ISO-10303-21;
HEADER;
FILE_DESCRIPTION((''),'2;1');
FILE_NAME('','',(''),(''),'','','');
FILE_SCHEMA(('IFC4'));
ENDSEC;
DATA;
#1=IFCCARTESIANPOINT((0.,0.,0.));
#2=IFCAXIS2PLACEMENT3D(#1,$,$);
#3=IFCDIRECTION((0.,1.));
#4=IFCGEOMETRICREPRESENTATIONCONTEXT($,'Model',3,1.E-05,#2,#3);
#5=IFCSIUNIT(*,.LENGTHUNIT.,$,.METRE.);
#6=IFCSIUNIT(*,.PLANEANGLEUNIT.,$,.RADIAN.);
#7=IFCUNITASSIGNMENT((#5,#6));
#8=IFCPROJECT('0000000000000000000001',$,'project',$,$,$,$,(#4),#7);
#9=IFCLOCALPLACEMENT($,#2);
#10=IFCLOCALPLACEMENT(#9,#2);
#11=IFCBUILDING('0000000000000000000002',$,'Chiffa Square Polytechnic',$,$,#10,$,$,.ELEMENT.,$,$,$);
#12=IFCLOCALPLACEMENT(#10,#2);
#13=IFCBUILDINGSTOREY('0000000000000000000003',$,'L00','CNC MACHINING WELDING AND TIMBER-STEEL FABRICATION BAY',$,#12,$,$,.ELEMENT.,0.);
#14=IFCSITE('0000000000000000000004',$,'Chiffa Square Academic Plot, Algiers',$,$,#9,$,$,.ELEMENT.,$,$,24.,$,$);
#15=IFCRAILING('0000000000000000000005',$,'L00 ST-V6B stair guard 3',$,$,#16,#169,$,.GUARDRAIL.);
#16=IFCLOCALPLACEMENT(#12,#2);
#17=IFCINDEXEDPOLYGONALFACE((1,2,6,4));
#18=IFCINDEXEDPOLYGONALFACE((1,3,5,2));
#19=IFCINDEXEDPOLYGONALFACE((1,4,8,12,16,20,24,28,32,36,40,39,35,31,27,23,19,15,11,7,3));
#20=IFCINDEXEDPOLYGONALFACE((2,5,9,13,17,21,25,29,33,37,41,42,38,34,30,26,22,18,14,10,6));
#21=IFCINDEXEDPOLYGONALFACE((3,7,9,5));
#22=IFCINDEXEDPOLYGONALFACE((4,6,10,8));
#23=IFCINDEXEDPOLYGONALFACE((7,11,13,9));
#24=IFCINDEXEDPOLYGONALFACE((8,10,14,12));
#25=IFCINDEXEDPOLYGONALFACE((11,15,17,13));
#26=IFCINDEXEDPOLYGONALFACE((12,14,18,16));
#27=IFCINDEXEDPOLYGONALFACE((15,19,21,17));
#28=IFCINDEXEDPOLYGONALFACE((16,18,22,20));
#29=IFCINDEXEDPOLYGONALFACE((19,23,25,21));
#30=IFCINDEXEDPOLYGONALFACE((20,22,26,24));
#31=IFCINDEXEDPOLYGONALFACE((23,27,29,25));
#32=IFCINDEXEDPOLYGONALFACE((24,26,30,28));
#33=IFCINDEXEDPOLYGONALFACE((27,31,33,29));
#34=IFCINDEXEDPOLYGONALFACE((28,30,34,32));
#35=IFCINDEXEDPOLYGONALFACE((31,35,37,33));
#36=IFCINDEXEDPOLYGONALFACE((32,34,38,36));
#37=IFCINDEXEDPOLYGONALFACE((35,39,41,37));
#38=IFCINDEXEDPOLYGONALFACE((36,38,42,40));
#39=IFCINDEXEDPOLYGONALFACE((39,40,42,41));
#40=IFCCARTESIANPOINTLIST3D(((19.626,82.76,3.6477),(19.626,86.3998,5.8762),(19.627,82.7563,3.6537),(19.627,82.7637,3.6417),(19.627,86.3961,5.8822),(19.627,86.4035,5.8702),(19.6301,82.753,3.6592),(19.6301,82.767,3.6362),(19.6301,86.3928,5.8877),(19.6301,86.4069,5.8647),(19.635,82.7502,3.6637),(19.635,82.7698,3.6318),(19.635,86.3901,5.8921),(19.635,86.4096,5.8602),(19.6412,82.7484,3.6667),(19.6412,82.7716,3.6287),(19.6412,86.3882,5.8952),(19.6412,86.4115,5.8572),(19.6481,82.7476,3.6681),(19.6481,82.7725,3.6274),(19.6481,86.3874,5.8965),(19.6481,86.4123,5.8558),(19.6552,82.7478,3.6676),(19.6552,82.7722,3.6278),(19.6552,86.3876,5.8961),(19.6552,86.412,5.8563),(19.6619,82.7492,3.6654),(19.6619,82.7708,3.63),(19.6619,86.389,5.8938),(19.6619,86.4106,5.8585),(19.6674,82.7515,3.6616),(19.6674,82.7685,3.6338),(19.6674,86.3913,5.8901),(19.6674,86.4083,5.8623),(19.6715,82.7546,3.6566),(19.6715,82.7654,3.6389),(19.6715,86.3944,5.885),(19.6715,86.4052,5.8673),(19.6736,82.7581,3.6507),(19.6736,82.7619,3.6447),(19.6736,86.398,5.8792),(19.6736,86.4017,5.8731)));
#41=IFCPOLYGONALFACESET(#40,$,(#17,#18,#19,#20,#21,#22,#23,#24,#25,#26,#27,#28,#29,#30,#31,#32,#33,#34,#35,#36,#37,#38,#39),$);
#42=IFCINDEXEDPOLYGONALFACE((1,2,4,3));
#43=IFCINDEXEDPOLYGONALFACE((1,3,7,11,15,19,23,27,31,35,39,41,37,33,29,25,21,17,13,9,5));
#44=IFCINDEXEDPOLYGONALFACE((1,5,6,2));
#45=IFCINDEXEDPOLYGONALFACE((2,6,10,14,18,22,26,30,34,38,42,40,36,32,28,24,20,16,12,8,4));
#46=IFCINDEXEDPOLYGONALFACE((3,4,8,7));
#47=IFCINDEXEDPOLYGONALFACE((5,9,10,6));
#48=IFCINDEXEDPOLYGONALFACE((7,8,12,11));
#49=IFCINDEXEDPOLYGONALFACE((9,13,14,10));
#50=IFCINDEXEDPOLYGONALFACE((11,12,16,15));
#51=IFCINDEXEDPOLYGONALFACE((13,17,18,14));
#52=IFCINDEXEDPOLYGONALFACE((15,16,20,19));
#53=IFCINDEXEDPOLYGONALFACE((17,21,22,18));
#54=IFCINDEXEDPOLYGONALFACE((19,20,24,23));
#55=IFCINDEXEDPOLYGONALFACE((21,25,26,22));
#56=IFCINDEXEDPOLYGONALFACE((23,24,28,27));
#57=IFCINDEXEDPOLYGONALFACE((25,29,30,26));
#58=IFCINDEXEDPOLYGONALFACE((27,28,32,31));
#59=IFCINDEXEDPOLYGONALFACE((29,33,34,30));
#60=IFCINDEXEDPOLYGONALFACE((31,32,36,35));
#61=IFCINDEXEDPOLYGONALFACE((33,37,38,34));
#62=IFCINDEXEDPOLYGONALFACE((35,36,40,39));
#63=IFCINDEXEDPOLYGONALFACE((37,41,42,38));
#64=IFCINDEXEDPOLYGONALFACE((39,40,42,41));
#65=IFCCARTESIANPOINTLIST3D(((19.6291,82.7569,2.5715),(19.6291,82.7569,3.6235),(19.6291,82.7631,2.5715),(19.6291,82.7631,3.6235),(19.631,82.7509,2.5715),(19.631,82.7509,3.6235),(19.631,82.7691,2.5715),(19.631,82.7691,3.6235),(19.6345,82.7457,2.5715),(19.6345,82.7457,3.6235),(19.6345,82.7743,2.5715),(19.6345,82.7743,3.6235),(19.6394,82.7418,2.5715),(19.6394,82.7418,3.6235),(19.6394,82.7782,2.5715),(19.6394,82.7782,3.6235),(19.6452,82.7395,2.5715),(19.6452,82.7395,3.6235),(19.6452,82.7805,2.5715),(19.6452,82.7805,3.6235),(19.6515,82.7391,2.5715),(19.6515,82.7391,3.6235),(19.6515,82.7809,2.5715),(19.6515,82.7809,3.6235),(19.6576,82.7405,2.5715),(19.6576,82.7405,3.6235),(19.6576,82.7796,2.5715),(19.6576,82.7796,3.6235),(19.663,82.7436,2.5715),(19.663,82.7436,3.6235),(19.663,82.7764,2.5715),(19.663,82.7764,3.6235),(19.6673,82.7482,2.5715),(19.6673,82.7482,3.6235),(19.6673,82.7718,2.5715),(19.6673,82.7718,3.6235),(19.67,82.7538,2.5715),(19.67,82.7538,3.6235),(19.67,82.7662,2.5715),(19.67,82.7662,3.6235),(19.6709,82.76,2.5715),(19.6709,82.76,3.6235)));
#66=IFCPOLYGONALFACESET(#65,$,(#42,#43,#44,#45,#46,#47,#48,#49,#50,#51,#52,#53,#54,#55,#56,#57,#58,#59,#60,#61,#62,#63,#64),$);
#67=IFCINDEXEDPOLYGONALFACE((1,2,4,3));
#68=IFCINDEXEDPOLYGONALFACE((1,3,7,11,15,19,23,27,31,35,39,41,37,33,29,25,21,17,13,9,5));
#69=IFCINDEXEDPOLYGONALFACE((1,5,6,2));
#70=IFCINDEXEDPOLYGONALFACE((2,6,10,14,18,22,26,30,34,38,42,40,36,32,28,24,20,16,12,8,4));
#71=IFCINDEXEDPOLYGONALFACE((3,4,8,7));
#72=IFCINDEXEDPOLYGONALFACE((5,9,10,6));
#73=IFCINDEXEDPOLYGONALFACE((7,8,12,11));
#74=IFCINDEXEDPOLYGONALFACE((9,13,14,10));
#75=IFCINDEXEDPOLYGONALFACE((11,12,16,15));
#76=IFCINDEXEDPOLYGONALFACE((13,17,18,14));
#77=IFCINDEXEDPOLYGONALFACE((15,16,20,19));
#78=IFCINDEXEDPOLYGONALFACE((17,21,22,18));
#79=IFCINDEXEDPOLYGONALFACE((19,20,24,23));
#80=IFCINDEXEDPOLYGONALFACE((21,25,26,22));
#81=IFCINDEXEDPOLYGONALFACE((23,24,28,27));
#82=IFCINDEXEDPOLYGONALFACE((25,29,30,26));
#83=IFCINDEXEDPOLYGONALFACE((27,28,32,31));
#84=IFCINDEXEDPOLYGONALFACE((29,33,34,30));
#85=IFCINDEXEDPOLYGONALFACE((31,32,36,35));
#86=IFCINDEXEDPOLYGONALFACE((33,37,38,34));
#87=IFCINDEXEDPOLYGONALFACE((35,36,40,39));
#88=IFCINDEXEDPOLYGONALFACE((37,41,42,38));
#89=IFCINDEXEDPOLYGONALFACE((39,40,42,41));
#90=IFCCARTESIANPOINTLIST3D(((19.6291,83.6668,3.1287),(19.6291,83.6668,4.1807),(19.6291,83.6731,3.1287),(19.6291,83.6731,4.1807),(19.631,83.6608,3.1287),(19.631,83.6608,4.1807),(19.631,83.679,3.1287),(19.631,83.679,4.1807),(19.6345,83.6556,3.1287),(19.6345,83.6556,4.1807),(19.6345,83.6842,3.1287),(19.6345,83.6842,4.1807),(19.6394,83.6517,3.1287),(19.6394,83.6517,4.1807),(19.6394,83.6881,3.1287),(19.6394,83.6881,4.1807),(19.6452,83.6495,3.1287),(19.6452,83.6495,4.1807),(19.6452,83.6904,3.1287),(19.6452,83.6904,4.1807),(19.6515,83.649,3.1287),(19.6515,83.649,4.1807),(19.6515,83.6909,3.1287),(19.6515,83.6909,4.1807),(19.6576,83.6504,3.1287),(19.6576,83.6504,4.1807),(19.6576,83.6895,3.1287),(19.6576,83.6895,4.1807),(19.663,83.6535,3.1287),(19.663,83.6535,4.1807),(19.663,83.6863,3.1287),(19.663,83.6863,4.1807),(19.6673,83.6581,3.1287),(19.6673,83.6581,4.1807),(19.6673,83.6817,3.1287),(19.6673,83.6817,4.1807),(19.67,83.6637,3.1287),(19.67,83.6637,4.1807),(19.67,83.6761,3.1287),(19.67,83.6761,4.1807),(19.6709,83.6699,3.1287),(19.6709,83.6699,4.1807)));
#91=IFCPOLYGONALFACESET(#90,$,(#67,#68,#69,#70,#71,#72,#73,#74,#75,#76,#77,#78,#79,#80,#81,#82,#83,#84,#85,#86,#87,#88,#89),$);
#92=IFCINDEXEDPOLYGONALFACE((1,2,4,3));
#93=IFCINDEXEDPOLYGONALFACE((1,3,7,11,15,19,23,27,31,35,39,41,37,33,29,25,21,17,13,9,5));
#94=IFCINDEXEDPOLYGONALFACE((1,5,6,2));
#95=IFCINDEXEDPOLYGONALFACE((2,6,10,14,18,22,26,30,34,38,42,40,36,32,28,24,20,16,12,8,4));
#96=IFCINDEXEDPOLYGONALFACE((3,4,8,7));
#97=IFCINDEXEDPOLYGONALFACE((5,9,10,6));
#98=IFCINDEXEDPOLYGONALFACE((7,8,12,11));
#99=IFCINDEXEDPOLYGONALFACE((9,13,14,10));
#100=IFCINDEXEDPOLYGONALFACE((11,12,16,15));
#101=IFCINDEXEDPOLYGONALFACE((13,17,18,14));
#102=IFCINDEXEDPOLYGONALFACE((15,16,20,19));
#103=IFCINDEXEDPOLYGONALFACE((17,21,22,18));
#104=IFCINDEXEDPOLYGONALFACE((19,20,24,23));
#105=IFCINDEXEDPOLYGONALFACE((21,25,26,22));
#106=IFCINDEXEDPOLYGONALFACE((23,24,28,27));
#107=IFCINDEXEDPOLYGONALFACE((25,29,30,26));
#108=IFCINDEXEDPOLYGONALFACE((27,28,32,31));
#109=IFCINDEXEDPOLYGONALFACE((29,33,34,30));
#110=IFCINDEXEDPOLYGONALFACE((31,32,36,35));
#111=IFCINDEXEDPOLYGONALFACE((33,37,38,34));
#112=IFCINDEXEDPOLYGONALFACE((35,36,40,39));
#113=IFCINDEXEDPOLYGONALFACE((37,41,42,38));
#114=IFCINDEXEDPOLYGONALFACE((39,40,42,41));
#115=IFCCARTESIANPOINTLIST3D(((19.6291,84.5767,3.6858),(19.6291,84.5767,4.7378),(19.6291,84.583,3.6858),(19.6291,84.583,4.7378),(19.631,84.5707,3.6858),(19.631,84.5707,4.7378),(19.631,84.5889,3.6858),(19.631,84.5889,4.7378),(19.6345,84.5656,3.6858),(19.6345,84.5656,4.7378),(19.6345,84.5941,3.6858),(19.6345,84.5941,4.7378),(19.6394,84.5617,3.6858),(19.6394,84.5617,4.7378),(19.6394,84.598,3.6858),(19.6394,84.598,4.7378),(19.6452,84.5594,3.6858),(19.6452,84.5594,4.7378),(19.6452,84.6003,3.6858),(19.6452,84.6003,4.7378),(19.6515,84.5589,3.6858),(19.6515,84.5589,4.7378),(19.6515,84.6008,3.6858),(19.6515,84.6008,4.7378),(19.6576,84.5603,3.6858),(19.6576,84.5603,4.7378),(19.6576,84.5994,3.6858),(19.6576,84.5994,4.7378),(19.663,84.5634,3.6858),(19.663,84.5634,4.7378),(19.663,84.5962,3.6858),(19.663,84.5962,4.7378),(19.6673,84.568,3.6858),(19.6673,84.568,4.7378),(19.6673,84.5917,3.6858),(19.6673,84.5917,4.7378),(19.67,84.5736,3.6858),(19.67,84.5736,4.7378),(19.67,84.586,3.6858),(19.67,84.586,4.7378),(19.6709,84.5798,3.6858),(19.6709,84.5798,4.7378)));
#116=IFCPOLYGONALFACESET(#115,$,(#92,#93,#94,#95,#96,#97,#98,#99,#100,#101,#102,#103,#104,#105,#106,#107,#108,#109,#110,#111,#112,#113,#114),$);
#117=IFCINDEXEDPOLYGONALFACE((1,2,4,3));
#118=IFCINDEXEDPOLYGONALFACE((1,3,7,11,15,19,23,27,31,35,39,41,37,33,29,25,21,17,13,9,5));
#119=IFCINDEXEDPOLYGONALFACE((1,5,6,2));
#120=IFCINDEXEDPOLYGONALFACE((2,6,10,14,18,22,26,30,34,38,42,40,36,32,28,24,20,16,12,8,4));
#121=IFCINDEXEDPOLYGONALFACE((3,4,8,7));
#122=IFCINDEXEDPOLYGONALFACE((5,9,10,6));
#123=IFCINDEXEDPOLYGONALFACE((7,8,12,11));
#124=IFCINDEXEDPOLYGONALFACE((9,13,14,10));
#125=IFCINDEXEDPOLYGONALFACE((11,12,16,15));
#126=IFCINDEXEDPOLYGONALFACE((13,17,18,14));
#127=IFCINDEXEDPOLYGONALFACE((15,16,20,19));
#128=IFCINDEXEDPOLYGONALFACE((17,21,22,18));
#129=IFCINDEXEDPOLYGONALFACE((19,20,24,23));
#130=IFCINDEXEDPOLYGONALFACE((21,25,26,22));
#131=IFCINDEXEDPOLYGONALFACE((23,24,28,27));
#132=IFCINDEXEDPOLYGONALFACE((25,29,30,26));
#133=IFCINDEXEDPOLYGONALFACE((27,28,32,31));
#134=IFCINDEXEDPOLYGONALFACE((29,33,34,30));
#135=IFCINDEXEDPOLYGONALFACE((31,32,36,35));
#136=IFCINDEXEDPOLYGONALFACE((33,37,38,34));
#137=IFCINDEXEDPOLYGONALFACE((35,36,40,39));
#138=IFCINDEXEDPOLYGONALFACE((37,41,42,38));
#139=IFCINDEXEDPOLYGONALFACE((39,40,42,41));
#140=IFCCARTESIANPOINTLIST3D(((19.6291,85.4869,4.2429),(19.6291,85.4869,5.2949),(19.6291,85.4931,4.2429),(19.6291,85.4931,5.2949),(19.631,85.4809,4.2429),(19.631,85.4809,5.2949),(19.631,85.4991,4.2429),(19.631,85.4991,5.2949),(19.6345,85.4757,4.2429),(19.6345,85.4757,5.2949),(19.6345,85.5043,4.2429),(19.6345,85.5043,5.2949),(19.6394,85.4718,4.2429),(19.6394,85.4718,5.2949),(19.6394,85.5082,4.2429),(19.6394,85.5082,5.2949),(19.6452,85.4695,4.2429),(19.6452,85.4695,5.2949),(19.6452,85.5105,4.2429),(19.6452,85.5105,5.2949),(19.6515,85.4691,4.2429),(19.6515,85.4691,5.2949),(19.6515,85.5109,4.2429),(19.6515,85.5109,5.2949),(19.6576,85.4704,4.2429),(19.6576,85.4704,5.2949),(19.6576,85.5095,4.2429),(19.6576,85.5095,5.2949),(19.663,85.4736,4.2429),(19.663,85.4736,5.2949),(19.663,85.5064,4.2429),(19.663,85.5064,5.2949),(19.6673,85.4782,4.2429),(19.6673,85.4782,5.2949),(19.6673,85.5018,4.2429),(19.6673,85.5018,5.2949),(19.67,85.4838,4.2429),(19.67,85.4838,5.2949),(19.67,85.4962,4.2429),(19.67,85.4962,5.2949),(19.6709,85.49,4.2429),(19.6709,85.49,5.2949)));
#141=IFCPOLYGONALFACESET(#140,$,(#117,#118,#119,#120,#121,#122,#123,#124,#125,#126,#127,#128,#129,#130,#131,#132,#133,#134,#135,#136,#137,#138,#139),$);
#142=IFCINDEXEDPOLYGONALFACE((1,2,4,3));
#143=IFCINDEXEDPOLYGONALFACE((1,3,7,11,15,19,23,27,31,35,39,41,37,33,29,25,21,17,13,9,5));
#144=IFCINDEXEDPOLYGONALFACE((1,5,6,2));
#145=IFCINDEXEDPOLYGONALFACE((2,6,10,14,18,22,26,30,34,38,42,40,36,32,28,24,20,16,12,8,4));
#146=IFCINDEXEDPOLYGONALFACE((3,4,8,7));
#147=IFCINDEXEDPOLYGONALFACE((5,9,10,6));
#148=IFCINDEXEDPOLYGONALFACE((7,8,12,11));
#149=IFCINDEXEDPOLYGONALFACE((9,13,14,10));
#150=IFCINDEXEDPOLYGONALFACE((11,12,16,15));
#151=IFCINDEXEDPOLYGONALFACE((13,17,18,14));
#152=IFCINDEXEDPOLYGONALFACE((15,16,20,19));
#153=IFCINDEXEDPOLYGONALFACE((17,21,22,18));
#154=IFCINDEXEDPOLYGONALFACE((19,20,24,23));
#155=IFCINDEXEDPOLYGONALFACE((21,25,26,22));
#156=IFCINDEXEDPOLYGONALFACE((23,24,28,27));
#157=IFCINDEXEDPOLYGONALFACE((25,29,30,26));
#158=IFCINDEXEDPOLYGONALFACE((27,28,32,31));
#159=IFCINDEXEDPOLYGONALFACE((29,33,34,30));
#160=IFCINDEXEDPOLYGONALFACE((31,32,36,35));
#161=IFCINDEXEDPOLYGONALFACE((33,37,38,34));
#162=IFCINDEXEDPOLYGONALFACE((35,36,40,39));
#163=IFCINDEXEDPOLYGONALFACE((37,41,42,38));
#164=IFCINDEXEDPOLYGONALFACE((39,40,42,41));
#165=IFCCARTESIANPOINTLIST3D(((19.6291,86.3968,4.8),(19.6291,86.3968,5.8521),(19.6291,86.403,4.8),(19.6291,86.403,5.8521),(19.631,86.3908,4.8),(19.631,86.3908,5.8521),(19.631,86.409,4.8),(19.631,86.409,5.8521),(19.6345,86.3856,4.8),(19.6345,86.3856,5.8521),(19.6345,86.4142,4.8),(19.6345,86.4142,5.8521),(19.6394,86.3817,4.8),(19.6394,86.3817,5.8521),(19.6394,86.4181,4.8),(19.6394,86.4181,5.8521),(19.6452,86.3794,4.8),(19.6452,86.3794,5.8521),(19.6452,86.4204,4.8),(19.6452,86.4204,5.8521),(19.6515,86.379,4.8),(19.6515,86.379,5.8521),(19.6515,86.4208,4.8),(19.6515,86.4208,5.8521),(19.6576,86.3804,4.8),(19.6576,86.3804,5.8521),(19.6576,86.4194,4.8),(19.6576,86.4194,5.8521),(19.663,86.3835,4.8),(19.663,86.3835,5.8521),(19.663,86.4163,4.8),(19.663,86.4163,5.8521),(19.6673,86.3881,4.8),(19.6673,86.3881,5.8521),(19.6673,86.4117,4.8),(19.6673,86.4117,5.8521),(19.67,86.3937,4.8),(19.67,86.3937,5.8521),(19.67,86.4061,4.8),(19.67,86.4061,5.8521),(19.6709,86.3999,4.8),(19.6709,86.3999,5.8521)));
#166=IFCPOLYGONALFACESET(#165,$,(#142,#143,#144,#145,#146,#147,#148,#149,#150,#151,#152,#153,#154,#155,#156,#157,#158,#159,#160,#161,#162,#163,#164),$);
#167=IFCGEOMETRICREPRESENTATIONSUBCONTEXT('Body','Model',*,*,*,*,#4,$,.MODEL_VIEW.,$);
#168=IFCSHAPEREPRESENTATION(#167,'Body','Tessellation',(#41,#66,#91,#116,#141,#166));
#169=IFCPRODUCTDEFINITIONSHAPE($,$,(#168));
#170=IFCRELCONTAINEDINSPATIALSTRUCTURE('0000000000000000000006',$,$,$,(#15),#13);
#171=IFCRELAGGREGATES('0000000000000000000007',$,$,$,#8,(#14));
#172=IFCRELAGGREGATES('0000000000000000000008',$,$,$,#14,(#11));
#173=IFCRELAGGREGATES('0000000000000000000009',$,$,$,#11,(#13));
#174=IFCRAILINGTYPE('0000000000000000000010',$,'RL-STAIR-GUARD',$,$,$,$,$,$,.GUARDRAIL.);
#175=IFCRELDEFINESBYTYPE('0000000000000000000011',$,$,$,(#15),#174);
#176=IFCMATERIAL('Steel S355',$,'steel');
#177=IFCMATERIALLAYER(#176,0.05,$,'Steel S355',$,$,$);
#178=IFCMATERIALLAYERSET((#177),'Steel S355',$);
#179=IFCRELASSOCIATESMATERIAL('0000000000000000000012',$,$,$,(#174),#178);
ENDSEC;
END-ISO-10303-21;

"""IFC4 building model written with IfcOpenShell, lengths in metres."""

from ifc_helpers import new_model, si_unit, direction, frame, origin, origin_2d, place, context, subcontext, project, spatial, circle, extrude, material, layer, layer_set, type_object, element, save


model = new_model("IFC4")

# Units and contexts
model_context = context("Model", 3, precision=1e-05, world=origin(), true_north=direction((0.0, 1.0)))
body_context = subcontext(model_context, "Body", "Model", "MODEL_VIEW")
ifc_project = project(units=[si_unit("LENGTHUNIT", "METRE"), si_unit("PLANEANGLEUNIT", "RADIAN")], contexts=[model_context])

# Site, building, storey
site_placement = place(None, origin())
site = spatial("IfcSite", under=ifc_project, at=site_placement, Name="Chiffa Square Academic Plot, Algiers", CompositionType="ELEMENT", RefElevation=24.0)
building_placement = place(site_placement, origin())
building = spatial("IfcBuilding", under=site, at=building_placement, Name="Chiffa Square Polytechnic", CompositionType="ELEMENT")
storey_placement = place(building_placement, origin())
storey = spatial("IfcBuildingStorey", under=building, at=storey_placement, Name="L00", Description="CNC MACHINING WELDING AND TIMBER-STEEL FABRICATION BAY", CompositionType="ELEMENT", Elevation=0.0)

# Railing
ifc_material_1 = material(Name="Steel S355", Category="steel")
ifc_layer_1 = layer(ifc_material_1, 0.05, Name="Steel S355")
ifc_layer_set_1 = layer_set([ifc_layer_1], Name="Steel S355")
railing_type_1 = type_object("IfcRailingType", Name="RL-STAIR-GUARD", PredefinedType="GUARDRAIL", material=ifc_layer_set_1)
railing_1_placement = place(storey_placement, frame((19.6499, 82.76, 2.5715)))
element("IfcRailing", 1, at=railing_1_placement, inside=storey, type_object=railing_type_1, Name="L00 ST-V6B stair guard 3", PredefinedType="GUARDRAIL", context=body_context, shape_type="SweptSolid", body=[
    extrude(circle(Radius=0.0239, at=origin_2d()), frame((0.0, 0.0, 1.0762), z_axis=(0.0, 0.85285, 0.522156), x_axis=(-1.0, 0.0, 0.0)), (0.0, 0.0, 1.0), 4.2678),
    extrude(circle(Radius=0.021, at=origin_2d()), origin(), (0.0, 0.0, 1.0), 1.052),
    extrude(circle(Radius=0.021, at=origin_2d()), frame((0.0, 0.9099, 0.5571)), (0.0, 0.0, 1.0), 1.052),
    extrude(circle(Radius=0.021, at=origin_2d()), frame((0.0, 1.8198, 1.1143)), (0.0, 0.0, 1.0), 1.052),
    extrude(circle(Radius=0.021, at=origin_2d()), frame((0.0, 2.73, 1.6714)), (0.0, 0.0, 1.0), 1.052),
    extrude(circle(Radius=0.021, at=origin_2d()), frame((0.0, 3.6399, 2.2285)), (0.0, 0.0, 1.0), 1.052),
])

save(model, "model.ifc")
